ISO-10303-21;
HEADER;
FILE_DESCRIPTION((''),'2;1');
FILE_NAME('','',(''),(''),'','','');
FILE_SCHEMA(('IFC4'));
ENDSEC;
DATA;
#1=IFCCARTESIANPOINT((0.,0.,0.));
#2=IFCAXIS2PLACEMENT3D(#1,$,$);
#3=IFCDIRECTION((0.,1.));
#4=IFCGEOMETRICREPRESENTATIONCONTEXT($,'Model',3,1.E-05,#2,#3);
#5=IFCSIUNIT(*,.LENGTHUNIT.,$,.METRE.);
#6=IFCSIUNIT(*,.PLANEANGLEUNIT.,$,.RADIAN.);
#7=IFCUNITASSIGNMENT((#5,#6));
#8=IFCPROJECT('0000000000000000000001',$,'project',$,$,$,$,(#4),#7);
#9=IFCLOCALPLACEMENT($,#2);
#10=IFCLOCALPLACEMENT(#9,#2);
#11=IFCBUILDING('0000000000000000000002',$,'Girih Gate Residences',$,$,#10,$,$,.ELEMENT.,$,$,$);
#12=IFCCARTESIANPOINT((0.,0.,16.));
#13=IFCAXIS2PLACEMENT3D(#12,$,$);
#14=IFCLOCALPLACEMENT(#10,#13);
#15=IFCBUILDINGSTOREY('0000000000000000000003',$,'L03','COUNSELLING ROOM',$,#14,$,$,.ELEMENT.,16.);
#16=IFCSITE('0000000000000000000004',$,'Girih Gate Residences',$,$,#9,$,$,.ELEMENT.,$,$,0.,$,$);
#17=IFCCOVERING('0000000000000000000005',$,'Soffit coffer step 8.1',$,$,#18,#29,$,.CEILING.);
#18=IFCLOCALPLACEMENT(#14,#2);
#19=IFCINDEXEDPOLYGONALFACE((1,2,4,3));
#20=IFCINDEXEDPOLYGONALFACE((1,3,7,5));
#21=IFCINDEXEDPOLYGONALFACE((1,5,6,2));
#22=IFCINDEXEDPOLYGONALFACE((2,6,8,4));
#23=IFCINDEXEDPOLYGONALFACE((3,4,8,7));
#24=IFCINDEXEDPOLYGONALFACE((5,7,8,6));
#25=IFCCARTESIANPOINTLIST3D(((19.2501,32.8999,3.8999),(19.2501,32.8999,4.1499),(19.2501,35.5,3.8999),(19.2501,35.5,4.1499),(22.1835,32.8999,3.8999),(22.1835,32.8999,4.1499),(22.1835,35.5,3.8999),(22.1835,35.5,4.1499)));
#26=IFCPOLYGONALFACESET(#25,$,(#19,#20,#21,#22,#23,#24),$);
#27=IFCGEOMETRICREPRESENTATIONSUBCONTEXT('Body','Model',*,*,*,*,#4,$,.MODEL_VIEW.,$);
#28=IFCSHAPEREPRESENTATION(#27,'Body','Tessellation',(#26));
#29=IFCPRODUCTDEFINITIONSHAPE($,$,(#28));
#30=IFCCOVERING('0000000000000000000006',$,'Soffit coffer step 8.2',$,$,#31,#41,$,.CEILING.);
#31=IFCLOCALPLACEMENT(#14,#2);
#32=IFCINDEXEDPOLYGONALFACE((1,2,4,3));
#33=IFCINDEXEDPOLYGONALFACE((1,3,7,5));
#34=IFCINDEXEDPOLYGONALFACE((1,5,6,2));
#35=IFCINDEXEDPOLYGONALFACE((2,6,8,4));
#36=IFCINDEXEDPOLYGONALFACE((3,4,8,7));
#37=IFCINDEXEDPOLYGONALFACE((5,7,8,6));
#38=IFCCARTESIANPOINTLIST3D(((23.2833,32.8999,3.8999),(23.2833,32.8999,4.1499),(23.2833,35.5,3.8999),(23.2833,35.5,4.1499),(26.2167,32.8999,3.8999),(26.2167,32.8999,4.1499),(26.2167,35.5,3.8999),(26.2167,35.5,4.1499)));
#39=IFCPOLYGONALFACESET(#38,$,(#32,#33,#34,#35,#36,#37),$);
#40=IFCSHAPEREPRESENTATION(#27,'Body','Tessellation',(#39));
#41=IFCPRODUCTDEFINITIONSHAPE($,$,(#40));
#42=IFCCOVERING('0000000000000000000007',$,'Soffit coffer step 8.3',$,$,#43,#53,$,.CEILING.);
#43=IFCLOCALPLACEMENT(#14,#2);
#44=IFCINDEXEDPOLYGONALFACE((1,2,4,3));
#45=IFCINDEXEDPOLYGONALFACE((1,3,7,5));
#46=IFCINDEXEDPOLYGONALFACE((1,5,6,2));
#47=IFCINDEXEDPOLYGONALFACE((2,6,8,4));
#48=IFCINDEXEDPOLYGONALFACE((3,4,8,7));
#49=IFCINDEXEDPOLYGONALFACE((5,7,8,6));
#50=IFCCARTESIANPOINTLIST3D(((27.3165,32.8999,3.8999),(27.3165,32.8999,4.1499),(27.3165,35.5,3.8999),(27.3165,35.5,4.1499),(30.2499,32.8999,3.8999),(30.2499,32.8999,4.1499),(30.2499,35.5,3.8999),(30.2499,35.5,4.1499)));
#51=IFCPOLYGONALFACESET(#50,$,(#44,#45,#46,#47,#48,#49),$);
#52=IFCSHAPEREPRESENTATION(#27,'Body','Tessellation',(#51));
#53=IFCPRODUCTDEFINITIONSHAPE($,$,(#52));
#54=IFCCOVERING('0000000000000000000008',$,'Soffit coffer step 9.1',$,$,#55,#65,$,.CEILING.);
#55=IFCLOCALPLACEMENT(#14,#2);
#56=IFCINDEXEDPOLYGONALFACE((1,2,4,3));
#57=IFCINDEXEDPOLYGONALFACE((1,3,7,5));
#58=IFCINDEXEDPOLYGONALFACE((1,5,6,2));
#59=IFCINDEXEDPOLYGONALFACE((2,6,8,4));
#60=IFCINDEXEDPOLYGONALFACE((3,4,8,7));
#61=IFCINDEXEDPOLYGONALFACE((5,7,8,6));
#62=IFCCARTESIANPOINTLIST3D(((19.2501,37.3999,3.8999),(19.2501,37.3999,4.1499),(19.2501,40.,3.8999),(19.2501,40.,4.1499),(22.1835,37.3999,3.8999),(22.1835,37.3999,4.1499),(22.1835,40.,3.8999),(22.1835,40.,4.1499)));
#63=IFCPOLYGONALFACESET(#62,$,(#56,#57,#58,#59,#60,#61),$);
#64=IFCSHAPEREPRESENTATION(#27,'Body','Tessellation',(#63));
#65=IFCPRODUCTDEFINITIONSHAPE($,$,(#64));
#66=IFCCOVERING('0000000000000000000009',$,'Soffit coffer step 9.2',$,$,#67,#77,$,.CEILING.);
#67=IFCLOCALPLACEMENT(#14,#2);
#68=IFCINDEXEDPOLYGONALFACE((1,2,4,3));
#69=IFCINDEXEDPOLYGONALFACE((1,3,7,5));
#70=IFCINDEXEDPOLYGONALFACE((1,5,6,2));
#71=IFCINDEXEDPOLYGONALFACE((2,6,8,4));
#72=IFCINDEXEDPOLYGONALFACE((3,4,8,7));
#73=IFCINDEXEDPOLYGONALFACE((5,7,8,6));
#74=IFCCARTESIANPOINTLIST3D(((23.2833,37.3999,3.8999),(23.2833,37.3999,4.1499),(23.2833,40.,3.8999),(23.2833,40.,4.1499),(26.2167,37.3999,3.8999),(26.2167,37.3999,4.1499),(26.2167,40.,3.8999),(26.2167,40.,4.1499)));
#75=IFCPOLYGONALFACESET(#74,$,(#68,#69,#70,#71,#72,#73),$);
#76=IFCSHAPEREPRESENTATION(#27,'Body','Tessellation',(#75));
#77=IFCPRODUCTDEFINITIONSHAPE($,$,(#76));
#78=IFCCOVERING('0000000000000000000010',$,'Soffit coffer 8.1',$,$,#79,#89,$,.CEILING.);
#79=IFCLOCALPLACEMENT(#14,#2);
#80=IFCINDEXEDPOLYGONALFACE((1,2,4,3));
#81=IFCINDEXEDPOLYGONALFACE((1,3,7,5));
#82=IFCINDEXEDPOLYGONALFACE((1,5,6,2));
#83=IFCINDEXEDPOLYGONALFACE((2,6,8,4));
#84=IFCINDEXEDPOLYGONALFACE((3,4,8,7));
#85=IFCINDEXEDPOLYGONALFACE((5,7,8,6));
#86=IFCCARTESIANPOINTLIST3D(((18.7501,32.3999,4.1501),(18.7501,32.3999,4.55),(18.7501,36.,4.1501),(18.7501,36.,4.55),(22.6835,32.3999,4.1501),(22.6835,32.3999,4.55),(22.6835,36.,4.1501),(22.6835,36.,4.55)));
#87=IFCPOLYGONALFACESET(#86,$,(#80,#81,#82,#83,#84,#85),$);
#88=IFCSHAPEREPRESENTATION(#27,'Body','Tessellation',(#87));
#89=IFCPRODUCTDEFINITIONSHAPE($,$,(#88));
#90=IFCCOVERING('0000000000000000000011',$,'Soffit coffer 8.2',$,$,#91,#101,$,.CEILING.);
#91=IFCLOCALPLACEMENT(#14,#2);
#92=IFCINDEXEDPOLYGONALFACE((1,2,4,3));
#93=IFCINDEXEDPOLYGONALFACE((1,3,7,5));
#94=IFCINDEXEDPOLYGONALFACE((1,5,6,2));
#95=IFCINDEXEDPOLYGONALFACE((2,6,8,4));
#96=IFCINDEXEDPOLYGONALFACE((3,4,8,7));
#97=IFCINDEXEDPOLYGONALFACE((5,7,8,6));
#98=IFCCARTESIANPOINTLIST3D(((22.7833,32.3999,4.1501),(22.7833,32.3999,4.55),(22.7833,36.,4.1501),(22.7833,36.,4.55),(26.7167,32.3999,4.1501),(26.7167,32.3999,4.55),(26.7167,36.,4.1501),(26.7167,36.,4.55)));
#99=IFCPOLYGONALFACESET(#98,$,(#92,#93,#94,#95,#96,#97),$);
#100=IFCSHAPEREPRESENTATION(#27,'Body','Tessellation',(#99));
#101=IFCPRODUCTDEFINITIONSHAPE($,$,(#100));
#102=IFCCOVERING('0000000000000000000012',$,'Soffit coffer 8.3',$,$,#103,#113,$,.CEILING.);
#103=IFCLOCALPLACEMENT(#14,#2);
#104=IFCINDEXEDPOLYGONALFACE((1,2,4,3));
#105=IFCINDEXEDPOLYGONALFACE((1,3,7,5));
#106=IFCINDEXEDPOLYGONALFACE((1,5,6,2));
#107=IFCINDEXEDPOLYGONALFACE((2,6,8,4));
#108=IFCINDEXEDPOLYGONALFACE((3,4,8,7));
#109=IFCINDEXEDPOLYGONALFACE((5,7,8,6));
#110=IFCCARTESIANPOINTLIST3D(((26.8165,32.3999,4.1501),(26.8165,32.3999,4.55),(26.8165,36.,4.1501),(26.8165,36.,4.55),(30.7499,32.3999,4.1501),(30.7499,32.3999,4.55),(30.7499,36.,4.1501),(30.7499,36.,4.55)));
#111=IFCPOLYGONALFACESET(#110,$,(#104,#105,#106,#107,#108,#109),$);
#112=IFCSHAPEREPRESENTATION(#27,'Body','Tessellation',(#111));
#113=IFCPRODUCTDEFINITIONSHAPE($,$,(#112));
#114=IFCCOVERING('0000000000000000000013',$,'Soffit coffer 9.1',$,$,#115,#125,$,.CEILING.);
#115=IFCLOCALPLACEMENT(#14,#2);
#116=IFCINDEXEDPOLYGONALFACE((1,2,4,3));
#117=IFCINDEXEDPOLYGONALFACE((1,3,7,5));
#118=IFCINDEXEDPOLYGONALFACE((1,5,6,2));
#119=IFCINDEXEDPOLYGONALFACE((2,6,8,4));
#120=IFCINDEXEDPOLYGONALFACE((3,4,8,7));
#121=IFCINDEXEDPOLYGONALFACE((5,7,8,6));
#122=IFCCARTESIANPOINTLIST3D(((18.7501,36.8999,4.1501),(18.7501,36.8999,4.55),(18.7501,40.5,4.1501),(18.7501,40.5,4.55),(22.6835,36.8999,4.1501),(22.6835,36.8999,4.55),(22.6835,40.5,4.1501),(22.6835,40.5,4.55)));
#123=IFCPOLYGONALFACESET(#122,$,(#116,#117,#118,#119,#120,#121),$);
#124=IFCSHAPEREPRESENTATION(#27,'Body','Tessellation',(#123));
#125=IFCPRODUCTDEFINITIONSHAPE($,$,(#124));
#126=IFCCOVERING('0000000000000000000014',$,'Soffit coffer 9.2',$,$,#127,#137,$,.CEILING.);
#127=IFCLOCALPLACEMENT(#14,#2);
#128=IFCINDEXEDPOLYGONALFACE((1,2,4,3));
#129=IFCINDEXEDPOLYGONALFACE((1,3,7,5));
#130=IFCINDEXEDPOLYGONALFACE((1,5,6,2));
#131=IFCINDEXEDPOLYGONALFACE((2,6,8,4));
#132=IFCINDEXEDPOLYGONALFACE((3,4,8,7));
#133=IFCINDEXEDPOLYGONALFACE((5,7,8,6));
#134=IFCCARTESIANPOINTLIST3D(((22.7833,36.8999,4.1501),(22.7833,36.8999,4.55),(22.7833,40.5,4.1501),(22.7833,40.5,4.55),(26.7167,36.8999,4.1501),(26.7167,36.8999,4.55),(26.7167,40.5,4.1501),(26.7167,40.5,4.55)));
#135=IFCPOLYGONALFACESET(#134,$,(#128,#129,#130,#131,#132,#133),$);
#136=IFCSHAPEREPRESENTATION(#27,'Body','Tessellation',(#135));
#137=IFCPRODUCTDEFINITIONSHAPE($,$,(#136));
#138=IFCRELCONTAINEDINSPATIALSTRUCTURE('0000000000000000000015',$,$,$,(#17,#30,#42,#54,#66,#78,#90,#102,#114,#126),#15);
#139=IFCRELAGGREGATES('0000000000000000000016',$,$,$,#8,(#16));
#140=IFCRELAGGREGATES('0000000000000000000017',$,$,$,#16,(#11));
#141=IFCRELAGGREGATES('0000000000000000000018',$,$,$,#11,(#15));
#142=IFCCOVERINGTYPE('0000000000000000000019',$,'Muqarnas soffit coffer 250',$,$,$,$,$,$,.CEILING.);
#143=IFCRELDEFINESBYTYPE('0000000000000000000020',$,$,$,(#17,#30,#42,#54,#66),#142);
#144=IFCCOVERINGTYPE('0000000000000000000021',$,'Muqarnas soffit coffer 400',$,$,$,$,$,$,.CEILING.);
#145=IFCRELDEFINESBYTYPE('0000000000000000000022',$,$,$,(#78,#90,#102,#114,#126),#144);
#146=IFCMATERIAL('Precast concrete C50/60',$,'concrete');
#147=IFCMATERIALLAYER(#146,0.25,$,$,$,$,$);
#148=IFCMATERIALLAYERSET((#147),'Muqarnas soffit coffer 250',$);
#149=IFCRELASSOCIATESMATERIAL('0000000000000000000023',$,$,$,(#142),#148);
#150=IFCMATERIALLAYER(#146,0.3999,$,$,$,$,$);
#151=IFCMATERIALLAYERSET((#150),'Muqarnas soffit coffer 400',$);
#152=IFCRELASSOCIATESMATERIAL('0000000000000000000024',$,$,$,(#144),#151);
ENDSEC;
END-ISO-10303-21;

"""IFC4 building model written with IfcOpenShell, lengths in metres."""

from ifc_helpers import new_model, si_unit, direction, frame, origin, origin_2d, place, context, subcontext, project, spatial, rectangle, extrude, material, layer, layer_set, type_object, element, save


model = new_model("IFC4")

# Units and contexts
model_context = context("Model", 3, precision=1e-05, world=origin(), true_north=direction((0.0, 1.0)))
body_context = subcontext(model_context, "Body", "Model", "MODEL_VIEW")
ifc_project = project(units=[si_unit("LENGTHUNIT", "METRE"), si_unit("PLANEANGLEUNIT", "RADIAN")], contexts=[model_context])

# Site, building, storey
site_placement = place(None, origin())
site = spatial("IfcSite", under=ifc_project, at=site_placement, Name="Girih Gate Residences", CompositionType="ELEMENT", RefElevation=0.0)
building_placement = place(site_placement, origin())
building = spatial("IfcBuilding", under=site, at=building_placement, Name="Girih Gate Residences", CompositionType="ELEMENT")
storey_placement = place(building_placement, frame((0.0, 0.0, 16.0)))
storey = spatial("IfcBuildingStorey", under=building, at=storey_placement, Name="L03", Description="COUNSELLING ROOM", CompositionType="ELEMENT", Elevation=16.0)

# Coverings
ifc_material_1 = material(Name="Precast concrete C50/60", Category="concrete")
ifc_layer_1 = layer(ifc_material_1, 0.25)
ifc_layer_set_1 = layer_set([ifc_layer_1], Name="Muqarnas soffit coffer 250")
covering_type_1 = type_object("IfcCoveringType", Name="Muqarnas soffit coffer 250", PredefinedType="CEILING", material=ifc_layer_set_1)
for number, where, z_axis, x_axis, name in (
    (1, (20.7168, 34.2, 3.8999), (0.0, 0.0, 1.0), (1.0, 0.0, 0.0), "Soffit coffer step 8.1"),
    (2, (24.75, 34.2, 3.8999), (0.0, 0.0, 1.0), (1.0, 0.0, 0.0), "Soffit coffer step 8.2"),
    (3, (28.7832, 34.2, 3.8999), (0.0, 0.0, 1.0), (1.0, 0.0, 0.0), "Soffit coffer step 8.3"),
    (4, (20.7168, 38.7, 3.8999), (0.0, 0.0, 1.0), (1.0, 0.0, 0.0), "Soffit coffer step 9.1"),
    (5, (24.75, 38.7, 3.8999), (0.0, 0.0, 1.0), (1.0, 0.0, 0.0), "Soffit coffer step 9.2"),
):
    element("IfcCovering", number, at=place(storey_placement, frame(where, z_axis=z_axis, x_axis=x_axis)), inside=storey, type_object=covering_type_1, Name=name, PredefinedType="CEILING", context=body_context, shape_type="SweptSolid", body=[
        extrude(rectangle(XDim=2.9333, YDim=2.6001, at=origin_2d()), origin(), (0.0, 0.0, 1.0), 0.25),
    ])
ifc_layer_2 = layer(ifc_material_1, 0.3999)
ifc_layer_set_2 = layer_set([ifc_layer_2], Name="Muqarnas soffit coffer 400")
covering_type_2 = type_object("IfcCoveringType", Name="Muqarnas soffit coffer 400", PredefinedType="CEILING", material=ifc_layer_set_2)
for number, where, z_axis, x_axis, name in (
    (6, (20.7168, 34.2, 4.1501), (0.0, 0.0, 1.0), (1.0, 0.0, 0.0), "Soffit coffer 8.1"),
    (7, (24.75, 34.2, 4.1501), (0.0, 0.0, 1.0), (1.0, 0.0, 0.0), "Soffit coffer 8.2"),
    (8, (28.7832, 34.2, 4.1501), (0.0, 0.0, 1.0), (1.0, 0.0, 0.0), "Soffit coffer 8.3"),
    (9, (20.7168, 38.7, 4.1501), (0.0, 0.0, 1.0), (1.0, 0.0, 0.0), "Soffit coffer 9.1"),
    (10, (24.75, 38.7, 4.1501), (0.0, 0.0, 1.0), (1.0, 0.0, 0.0), "Soffit coffer 9.2"),
):
    element("IfcCovering", number, at=place(storey_placement, frame(where, z_axis=z_axis, x_axis=x_axis)), inside=storey, type_object=covering_type_2, Name=name, PredefinedType="CEILING", context=body_context, shape_type="SweptSolid", body=[
        extrude(rectangle(XDim=3.9333, YDim=3.6001, at=origin_2d()), origin(), (0.0, 0.0, 1.0), 0.3999),
    ])

save(model, "model.ifc")
